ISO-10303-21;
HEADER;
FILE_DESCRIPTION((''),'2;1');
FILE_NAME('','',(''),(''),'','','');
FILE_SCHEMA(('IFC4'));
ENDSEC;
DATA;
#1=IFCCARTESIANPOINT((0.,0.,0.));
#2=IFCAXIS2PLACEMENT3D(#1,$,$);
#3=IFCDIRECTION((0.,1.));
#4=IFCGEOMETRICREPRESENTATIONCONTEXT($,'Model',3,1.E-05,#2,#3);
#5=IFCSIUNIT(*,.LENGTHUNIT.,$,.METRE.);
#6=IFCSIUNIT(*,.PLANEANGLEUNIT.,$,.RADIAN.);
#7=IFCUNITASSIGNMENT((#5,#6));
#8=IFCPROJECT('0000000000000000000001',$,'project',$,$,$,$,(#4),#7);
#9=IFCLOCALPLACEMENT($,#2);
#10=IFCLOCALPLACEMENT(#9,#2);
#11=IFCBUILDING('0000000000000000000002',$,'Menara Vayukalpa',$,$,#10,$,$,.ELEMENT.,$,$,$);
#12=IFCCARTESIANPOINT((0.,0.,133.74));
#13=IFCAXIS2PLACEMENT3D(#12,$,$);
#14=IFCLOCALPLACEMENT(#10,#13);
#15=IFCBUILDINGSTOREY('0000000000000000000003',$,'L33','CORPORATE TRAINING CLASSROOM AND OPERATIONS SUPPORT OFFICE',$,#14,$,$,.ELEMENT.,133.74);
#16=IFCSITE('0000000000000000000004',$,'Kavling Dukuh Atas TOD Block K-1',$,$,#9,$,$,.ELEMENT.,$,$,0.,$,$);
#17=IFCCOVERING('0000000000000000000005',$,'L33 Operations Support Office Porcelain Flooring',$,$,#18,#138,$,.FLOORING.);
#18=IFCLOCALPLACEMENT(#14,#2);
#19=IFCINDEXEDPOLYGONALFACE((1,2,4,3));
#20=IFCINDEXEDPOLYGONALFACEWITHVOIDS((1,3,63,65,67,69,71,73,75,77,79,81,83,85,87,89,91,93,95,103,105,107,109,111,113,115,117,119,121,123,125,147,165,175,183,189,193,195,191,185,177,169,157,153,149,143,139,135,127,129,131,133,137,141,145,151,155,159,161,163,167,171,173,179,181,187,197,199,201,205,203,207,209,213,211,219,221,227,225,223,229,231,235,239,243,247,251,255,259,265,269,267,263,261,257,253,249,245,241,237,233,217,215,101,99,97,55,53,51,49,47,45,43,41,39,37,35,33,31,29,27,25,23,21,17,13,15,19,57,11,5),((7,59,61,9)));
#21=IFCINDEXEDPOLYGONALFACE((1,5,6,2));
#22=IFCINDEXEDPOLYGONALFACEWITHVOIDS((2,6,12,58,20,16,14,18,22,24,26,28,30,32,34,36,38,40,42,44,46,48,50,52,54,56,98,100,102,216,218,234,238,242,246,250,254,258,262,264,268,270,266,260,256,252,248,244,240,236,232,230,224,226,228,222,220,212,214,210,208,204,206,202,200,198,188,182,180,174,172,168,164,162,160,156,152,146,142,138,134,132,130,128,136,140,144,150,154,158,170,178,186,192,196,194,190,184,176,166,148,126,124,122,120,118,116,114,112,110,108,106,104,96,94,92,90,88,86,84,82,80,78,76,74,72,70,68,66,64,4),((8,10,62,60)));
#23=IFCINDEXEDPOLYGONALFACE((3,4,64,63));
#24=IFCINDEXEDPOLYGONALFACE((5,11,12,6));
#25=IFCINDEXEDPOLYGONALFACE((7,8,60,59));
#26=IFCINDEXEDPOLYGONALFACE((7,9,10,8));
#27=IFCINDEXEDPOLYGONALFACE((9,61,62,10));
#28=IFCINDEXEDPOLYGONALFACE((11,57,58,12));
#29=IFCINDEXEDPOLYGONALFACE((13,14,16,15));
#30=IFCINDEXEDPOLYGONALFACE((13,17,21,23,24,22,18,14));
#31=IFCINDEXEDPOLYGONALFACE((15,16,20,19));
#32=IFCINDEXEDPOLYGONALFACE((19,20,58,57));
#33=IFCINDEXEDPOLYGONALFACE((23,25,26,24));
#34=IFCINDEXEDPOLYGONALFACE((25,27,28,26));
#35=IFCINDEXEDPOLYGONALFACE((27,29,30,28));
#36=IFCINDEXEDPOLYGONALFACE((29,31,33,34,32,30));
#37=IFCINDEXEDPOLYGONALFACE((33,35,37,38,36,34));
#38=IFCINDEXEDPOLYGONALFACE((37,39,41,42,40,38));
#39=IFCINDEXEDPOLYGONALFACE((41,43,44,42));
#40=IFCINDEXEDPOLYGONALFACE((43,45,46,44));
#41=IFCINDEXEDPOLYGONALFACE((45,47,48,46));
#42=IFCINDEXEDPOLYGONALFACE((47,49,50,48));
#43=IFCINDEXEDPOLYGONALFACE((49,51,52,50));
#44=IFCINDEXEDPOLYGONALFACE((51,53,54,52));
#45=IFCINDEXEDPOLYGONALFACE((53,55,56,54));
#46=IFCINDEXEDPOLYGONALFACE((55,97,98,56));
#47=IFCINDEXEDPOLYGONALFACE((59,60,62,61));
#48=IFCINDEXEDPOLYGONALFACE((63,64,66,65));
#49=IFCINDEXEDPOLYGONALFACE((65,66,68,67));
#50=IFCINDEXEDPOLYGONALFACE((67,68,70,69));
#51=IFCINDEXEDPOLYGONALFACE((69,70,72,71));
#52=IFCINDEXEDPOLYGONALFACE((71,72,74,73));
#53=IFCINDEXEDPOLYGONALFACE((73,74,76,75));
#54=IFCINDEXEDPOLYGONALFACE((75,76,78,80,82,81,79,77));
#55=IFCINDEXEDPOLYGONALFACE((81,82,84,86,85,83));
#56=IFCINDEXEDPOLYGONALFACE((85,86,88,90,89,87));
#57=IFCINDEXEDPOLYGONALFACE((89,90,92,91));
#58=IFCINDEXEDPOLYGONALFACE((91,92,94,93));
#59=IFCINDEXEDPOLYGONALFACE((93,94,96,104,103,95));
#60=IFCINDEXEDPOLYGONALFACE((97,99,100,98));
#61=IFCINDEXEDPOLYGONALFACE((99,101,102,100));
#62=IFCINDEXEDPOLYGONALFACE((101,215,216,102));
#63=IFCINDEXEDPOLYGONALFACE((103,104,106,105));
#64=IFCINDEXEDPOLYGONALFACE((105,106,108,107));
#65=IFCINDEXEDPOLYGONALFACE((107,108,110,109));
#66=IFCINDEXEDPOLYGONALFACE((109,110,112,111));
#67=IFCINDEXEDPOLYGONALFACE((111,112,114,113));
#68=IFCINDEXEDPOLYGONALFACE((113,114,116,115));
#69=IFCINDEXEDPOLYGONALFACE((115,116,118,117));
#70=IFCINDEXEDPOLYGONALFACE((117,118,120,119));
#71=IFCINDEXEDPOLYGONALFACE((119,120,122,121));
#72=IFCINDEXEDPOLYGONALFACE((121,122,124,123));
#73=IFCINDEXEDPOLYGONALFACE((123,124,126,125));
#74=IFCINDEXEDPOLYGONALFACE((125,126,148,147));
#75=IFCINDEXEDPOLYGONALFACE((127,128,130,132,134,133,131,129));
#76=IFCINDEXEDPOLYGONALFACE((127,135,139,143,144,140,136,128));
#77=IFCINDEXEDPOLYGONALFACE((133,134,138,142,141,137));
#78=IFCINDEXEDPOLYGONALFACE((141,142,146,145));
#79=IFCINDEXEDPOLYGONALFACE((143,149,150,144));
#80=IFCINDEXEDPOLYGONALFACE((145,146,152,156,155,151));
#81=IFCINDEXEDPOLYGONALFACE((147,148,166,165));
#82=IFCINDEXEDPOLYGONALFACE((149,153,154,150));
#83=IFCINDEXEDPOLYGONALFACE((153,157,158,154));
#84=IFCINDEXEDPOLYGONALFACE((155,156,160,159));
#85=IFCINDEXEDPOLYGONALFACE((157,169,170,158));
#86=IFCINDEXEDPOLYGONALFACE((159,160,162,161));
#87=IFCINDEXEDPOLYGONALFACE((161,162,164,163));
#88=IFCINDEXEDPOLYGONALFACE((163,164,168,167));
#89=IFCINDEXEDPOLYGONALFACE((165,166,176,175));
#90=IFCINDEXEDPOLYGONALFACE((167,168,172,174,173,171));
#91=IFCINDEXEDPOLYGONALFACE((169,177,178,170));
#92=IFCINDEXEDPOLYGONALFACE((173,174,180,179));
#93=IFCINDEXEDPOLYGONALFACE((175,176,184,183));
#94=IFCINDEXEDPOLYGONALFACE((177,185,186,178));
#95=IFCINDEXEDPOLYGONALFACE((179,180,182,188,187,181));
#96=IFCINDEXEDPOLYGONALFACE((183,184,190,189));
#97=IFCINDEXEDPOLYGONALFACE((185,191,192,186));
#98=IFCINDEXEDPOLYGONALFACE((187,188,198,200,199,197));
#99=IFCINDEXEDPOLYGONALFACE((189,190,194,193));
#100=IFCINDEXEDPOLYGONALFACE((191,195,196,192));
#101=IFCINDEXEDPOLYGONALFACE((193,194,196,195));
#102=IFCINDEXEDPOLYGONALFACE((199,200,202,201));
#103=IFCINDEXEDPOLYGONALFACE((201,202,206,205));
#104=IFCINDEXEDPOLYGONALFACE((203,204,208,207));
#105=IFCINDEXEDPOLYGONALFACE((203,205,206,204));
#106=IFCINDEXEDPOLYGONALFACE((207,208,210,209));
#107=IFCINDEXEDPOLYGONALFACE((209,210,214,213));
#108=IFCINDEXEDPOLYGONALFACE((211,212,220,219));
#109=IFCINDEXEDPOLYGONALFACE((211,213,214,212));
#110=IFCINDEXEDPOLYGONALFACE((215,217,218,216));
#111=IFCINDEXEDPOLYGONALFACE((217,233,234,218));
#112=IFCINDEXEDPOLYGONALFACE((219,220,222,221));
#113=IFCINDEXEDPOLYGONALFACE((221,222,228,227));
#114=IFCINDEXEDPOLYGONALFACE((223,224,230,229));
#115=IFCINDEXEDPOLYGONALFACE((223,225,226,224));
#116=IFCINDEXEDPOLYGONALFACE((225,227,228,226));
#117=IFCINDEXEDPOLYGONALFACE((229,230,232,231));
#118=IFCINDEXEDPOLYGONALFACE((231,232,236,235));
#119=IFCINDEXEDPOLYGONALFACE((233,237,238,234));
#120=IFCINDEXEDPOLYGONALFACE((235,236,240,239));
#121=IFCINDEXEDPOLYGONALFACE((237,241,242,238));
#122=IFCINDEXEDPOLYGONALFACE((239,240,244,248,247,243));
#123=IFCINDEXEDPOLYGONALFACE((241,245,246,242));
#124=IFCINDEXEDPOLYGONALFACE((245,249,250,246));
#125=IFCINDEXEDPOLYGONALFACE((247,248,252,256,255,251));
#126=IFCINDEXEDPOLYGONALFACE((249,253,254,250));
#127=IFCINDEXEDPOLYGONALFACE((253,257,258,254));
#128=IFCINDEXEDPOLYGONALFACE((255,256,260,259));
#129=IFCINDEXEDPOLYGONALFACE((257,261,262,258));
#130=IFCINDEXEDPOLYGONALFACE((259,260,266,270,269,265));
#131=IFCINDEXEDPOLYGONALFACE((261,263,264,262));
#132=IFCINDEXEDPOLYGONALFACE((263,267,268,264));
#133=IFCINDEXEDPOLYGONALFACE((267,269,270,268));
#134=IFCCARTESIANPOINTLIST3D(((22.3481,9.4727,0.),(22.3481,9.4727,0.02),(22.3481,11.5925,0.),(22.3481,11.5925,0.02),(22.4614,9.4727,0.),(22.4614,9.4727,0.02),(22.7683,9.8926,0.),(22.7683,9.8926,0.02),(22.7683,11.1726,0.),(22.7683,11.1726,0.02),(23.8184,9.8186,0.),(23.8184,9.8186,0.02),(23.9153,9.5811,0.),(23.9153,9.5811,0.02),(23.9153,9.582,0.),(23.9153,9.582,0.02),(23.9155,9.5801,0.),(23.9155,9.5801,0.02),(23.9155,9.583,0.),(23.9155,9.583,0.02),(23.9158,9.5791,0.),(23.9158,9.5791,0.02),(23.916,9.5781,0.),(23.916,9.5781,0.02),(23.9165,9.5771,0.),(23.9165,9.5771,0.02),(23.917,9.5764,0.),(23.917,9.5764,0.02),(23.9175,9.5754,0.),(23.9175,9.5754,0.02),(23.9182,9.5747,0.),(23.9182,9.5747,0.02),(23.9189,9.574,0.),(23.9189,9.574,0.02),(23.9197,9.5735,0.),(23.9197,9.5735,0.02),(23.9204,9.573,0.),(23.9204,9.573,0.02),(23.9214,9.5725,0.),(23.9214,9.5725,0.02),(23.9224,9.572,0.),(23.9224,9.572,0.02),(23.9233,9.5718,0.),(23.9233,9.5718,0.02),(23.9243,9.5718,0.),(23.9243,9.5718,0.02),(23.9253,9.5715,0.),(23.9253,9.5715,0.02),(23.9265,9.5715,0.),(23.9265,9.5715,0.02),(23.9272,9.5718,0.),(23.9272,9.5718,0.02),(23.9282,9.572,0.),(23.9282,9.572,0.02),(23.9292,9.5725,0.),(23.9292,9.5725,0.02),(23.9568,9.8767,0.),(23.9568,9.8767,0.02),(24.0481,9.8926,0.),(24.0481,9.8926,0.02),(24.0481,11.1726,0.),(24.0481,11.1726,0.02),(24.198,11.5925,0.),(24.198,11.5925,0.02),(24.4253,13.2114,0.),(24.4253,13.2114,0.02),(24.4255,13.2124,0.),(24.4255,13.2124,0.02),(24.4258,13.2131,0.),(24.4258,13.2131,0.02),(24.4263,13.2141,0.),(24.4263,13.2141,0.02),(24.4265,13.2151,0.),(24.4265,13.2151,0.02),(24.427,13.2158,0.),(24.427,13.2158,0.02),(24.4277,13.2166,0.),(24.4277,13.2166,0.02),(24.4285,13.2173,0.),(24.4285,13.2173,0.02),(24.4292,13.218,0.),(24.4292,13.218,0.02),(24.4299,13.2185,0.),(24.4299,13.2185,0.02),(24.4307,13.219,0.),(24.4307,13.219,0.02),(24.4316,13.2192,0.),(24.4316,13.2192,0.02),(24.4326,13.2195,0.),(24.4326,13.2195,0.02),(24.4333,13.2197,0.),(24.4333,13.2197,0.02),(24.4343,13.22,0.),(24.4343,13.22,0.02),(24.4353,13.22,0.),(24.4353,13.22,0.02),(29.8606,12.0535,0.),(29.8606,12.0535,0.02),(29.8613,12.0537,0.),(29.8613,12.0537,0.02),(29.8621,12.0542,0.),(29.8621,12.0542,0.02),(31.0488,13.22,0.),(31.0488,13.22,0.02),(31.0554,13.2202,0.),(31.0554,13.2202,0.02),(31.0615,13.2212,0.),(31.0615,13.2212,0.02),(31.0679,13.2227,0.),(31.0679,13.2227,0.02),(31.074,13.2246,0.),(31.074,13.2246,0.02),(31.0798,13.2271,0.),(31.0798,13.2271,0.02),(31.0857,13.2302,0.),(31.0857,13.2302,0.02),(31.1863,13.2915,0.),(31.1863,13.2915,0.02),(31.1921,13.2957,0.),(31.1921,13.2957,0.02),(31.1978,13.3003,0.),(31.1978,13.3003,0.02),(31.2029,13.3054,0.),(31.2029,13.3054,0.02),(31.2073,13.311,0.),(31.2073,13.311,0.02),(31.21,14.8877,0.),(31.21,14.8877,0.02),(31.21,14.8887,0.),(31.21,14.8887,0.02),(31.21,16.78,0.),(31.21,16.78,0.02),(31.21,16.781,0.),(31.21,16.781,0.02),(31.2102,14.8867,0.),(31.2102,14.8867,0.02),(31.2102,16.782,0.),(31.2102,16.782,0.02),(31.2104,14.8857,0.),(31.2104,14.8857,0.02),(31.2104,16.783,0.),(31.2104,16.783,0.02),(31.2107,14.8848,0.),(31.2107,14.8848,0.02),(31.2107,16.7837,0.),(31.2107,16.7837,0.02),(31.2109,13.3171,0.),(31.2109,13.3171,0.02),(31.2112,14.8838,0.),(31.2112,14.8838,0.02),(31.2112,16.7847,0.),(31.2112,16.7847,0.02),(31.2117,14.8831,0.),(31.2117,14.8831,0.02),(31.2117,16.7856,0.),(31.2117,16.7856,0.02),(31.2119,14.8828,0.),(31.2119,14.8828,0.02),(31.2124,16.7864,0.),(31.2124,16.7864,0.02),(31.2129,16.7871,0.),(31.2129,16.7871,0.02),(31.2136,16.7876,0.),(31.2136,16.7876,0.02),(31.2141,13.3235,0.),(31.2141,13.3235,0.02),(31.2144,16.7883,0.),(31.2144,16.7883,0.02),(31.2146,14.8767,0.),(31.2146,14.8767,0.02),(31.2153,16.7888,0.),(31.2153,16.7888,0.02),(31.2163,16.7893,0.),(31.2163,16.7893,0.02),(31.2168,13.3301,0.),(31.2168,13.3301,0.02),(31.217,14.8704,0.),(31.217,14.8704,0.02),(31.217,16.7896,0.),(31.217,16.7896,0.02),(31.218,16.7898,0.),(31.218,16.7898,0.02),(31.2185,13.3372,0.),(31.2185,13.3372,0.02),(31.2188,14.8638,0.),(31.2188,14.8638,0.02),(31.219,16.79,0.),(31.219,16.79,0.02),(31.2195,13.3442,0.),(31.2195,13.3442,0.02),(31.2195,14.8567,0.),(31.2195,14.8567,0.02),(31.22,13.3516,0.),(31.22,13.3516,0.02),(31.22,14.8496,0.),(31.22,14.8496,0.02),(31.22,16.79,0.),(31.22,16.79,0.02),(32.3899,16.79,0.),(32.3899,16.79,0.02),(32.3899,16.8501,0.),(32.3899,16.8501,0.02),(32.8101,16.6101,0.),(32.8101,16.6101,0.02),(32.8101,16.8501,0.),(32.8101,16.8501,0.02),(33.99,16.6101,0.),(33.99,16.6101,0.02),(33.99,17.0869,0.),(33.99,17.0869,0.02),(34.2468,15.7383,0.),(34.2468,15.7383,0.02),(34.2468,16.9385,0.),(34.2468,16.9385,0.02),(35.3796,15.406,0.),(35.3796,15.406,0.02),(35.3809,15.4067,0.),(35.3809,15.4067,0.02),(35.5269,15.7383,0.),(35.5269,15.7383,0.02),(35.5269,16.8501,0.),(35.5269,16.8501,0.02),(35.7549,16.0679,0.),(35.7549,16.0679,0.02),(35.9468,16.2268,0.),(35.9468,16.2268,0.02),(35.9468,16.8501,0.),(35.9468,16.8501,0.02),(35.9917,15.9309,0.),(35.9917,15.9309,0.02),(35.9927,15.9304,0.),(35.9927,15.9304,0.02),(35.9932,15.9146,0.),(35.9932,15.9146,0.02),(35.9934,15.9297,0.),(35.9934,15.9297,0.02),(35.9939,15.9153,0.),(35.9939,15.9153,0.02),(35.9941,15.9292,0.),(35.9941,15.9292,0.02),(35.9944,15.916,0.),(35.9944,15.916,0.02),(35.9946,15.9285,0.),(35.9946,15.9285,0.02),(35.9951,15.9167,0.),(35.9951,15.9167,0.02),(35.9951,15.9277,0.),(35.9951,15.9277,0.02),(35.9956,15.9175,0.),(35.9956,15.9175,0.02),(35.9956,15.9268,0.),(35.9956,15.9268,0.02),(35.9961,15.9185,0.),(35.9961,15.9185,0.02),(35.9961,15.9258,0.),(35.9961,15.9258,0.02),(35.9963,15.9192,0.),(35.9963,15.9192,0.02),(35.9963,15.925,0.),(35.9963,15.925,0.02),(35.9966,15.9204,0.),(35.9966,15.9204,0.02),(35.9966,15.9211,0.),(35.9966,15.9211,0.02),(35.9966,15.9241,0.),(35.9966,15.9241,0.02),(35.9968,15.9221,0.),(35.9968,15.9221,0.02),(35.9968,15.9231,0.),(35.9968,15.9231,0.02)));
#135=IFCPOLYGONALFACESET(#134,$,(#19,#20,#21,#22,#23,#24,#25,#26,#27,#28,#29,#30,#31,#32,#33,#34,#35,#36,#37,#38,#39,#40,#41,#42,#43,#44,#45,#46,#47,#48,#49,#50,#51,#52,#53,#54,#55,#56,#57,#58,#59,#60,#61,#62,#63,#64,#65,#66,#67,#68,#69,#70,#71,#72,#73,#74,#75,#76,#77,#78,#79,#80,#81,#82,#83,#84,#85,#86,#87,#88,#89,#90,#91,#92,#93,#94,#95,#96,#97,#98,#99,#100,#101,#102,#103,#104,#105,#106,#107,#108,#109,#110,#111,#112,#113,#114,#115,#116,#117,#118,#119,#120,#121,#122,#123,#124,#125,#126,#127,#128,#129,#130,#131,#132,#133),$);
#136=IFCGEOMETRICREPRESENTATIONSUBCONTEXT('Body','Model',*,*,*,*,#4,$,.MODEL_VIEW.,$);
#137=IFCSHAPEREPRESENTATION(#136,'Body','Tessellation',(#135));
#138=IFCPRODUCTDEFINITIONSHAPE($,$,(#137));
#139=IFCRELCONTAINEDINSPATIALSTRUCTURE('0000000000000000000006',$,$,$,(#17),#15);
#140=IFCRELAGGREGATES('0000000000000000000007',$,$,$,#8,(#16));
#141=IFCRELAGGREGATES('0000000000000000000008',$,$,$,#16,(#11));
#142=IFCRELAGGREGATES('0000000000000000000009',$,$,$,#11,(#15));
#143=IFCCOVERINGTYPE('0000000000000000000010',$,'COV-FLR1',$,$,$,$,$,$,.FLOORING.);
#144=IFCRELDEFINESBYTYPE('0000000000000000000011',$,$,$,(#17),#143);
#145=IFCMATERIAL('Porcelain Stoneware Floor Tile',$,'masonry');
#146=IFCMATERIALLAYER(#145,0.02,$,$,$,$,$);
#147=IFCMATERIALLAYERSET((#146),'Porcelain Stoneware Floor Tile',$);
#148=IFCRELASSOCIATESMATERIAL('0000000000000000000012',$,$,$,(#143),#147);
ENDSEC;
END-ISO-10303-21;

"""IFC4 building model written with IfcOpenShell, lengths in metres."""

from ifc_helpers import new_model, si_unit, direction, frame, origin, place, context, subcontext, project, spatial, polyline, outline, extrude, material, layer, layer_set, type_object, element, save


model = new_model("IFC4")

# Units and contexts
model_context = context("Model", 3, precision=1e-05, world=origin(), true_north=direction((0.0, 1.0)))
body_context = subcontext(model_context, "Body", "Model", "MODEL_VIEW")
ifc_project = project(units=[si_unit("LENGTHUNIT", "METRE"), si_unit("PLANEANGLEUNIT", "RADIAN")], contexts=[model_context])

# Site, building, storey
site_placement = place(None, origin())
site = spatial("IfcSite", under=ifc_project, at=site_placement, Name="Kavling Dukuh Atas TOD Block K-1", CompositionType="ELEMENT", RefElevation=0.0)
building_placement = place(site_placement, origin())
building = spatial("IfcBuilding", under=site, at=building_placement, Name="Menara Vayukalpa", CompositionType="ELEMENT")
storey_placement = place(building_placement, frame((0.0, 0.0, 133.74)))
storey = spatial("IfcBuildingStorey", under=building, at=storey_placement, Name="L33", Description="CORPORATE TRAINING CLASSROOM AND OPERATIONS SUPPORT OFFICE", CompositionType="ELEMENT", Elevation=133.74)

# Covering
ifc_material_1 = material(Name="Porcelain Stoneware Floor Tile", Category="masonry")
ifc_layer_1 = layer(ifc_material_1, 0.02)
ifc_layer_set_1 = layer_set([ifc_layer_1], Name="Porcelain Stoneware Floor Tile")
covering_type_1 = type_object("IfcCoveringType", Name="COV-FLR1", PredefinedType="FLOORING", material=ifc_layer_set_1)
covering_1_placement = place(storey_placement, origin())
element("IfcCovering", 1, at=covering_1_placement, inside=storey, type_object=covering_type_1, Name="L33 Operations Support Office Porcelain Flooring", PredefinedType="FLOORING", context=body_context, shape_type="SweptSolid", body=[
    extrude(outline(polyline([(24.4253, 13.2114), (24.4255, 13.2124), (24.4258, 13.2131), (24.4263, 13.2141), (24.4265, 13.2151), (24.427, 13.2158), (24.4277, 13.2166), (24.4285, 13.2173), (24.4292, 13.218), (24.4299, 13.2185), (24.4307, 13.219), (24.4316, 13.2192), (24.4326, 13.2195), (24.4333, 13.2197), (24.4343, 13.22), (24.4353, 13.22), (31.0488, 13.22), (31.0554, 13.2202), (31.0615, 13.2212), (31.0679, 13.2227), (31.074, 13.2246), (31.0798, 13.2271), (31.0857, 13.2302), (31.1863, 13.2915), (31.1921, 13.2957), (31.1978, 13.3003), (31.2029, 13.3054), (31.2073, 13.311), (31.2109, 13.3171), (31.2141, 13.3235), (31.2168, 13.3301), (31.2185, 13.3372), (31.2195, 13.3442), (31.22, 13.3516), (31.22, 14.8496), (31.2195, 14.8567), (31.2188, 14.8638), (31.217, 14.8704), (31.2146, 14.8767), (31.2119, 14.8828), (31.2117, 14.8831), (31.2112, 14.8838), (31.2107, 14.8848), (31.2104, 14.8857), (31.2102, 14.8867), (31.21, 14.8877), (31.21, 14.8887), (31.21, 16.78), (31.21, 16.781), (31.2102, 16.782), (31.2104, 16.783), (31.2107, 16.7837), (31.2112, 16.7847), (31.2117, 16.7856), (31.2124, 16.7864), (31.2129, 16.7871), (31.2136, 16.7876), (31.2144, 16.7883), (31.2153, 16.7888), (31.2163, 16.7893), (31.217, 16.7896), (31.218, 16.7898), (31.219, 16.79), (31.22, 16.79), (32.3899, 16.79), (32.3899, 16.8501), (32.8101, 16.8501), (32.8101, 16.6101), (33.99, 16.6101), (33.99, 17.0869), (34.2468, 16.9385), (34.2468, 15.7383), (35.5269, 15.7383), (35.5269, 16.8501), (35.9468, 16.8501), (35.9468, 16.2268), (35.7549, 16.0679), (35.9917, 15.9309), (35.9927, 15.9304), (35.9934, 15.9297), (35.9941, 15.9292), (35.9946, 15.9285), (35.9951, 15.9277), (35.9956, 15.9268), (35.9961, 15.9258), (35.9963, 15.925), (35.9966, 15.9241), (35.9968, 15.9231), (35.9968, 15.9221), (35.9966, 15.9211), (35.9966, 15.9204), (35.9963, 15.9192), (35.9961, 15.9185), (35.9956, 15.9175), (35.9951, 15.9167), (35.9944, 15.916), (35.9939, 15.9153), (35.9932, 15.9146), (35.3809, 15.4067), (35.3796, 15.406), (29.8621, 12.0542), (29.8613, 12.0537), (29.8606, 12.0535), (23.9292, 9.5725), (23.9282, 9.572), (23.9272, 9.5718), (23.9265, 9.5715), (23.9253, 9.5715), (23.9243, 9.5718), (23.9233, 9.5718), (23.9224, 9.572), (23.9214, 9.5725), (23.9204, 9.573), (23.9197, 9.5735), (23.9189, 9.574), (23.9182, 9.5747), (23.9175, 9.5754), (23.917, 9.5764), (23.9165, 9.5771), (23.916, 9.5781), (23.9158, 9.5791), (23.9155, 9.5801), (23.9153, 9.5811), (23.9153, 9.582), (23.9155, 9.583), (23.9568, 9.8767), (23.8184, 9.8186), (22.4614, 9.4727), (22.3481, 9.4727), (22.3481, 11.5925), (24.198, 11.5925), (24.4253, 13.2114)]), holes=[polyline([(24.0481, 11.1726), (22.7683, 11.1726), (22.7683, 9.8926), (24.0481, 9.8926), (24.0481, 11.1726)])]), origin(), (0.0, 0.0, 1.0), 0.02),
])

save(model, "model.ifc")
